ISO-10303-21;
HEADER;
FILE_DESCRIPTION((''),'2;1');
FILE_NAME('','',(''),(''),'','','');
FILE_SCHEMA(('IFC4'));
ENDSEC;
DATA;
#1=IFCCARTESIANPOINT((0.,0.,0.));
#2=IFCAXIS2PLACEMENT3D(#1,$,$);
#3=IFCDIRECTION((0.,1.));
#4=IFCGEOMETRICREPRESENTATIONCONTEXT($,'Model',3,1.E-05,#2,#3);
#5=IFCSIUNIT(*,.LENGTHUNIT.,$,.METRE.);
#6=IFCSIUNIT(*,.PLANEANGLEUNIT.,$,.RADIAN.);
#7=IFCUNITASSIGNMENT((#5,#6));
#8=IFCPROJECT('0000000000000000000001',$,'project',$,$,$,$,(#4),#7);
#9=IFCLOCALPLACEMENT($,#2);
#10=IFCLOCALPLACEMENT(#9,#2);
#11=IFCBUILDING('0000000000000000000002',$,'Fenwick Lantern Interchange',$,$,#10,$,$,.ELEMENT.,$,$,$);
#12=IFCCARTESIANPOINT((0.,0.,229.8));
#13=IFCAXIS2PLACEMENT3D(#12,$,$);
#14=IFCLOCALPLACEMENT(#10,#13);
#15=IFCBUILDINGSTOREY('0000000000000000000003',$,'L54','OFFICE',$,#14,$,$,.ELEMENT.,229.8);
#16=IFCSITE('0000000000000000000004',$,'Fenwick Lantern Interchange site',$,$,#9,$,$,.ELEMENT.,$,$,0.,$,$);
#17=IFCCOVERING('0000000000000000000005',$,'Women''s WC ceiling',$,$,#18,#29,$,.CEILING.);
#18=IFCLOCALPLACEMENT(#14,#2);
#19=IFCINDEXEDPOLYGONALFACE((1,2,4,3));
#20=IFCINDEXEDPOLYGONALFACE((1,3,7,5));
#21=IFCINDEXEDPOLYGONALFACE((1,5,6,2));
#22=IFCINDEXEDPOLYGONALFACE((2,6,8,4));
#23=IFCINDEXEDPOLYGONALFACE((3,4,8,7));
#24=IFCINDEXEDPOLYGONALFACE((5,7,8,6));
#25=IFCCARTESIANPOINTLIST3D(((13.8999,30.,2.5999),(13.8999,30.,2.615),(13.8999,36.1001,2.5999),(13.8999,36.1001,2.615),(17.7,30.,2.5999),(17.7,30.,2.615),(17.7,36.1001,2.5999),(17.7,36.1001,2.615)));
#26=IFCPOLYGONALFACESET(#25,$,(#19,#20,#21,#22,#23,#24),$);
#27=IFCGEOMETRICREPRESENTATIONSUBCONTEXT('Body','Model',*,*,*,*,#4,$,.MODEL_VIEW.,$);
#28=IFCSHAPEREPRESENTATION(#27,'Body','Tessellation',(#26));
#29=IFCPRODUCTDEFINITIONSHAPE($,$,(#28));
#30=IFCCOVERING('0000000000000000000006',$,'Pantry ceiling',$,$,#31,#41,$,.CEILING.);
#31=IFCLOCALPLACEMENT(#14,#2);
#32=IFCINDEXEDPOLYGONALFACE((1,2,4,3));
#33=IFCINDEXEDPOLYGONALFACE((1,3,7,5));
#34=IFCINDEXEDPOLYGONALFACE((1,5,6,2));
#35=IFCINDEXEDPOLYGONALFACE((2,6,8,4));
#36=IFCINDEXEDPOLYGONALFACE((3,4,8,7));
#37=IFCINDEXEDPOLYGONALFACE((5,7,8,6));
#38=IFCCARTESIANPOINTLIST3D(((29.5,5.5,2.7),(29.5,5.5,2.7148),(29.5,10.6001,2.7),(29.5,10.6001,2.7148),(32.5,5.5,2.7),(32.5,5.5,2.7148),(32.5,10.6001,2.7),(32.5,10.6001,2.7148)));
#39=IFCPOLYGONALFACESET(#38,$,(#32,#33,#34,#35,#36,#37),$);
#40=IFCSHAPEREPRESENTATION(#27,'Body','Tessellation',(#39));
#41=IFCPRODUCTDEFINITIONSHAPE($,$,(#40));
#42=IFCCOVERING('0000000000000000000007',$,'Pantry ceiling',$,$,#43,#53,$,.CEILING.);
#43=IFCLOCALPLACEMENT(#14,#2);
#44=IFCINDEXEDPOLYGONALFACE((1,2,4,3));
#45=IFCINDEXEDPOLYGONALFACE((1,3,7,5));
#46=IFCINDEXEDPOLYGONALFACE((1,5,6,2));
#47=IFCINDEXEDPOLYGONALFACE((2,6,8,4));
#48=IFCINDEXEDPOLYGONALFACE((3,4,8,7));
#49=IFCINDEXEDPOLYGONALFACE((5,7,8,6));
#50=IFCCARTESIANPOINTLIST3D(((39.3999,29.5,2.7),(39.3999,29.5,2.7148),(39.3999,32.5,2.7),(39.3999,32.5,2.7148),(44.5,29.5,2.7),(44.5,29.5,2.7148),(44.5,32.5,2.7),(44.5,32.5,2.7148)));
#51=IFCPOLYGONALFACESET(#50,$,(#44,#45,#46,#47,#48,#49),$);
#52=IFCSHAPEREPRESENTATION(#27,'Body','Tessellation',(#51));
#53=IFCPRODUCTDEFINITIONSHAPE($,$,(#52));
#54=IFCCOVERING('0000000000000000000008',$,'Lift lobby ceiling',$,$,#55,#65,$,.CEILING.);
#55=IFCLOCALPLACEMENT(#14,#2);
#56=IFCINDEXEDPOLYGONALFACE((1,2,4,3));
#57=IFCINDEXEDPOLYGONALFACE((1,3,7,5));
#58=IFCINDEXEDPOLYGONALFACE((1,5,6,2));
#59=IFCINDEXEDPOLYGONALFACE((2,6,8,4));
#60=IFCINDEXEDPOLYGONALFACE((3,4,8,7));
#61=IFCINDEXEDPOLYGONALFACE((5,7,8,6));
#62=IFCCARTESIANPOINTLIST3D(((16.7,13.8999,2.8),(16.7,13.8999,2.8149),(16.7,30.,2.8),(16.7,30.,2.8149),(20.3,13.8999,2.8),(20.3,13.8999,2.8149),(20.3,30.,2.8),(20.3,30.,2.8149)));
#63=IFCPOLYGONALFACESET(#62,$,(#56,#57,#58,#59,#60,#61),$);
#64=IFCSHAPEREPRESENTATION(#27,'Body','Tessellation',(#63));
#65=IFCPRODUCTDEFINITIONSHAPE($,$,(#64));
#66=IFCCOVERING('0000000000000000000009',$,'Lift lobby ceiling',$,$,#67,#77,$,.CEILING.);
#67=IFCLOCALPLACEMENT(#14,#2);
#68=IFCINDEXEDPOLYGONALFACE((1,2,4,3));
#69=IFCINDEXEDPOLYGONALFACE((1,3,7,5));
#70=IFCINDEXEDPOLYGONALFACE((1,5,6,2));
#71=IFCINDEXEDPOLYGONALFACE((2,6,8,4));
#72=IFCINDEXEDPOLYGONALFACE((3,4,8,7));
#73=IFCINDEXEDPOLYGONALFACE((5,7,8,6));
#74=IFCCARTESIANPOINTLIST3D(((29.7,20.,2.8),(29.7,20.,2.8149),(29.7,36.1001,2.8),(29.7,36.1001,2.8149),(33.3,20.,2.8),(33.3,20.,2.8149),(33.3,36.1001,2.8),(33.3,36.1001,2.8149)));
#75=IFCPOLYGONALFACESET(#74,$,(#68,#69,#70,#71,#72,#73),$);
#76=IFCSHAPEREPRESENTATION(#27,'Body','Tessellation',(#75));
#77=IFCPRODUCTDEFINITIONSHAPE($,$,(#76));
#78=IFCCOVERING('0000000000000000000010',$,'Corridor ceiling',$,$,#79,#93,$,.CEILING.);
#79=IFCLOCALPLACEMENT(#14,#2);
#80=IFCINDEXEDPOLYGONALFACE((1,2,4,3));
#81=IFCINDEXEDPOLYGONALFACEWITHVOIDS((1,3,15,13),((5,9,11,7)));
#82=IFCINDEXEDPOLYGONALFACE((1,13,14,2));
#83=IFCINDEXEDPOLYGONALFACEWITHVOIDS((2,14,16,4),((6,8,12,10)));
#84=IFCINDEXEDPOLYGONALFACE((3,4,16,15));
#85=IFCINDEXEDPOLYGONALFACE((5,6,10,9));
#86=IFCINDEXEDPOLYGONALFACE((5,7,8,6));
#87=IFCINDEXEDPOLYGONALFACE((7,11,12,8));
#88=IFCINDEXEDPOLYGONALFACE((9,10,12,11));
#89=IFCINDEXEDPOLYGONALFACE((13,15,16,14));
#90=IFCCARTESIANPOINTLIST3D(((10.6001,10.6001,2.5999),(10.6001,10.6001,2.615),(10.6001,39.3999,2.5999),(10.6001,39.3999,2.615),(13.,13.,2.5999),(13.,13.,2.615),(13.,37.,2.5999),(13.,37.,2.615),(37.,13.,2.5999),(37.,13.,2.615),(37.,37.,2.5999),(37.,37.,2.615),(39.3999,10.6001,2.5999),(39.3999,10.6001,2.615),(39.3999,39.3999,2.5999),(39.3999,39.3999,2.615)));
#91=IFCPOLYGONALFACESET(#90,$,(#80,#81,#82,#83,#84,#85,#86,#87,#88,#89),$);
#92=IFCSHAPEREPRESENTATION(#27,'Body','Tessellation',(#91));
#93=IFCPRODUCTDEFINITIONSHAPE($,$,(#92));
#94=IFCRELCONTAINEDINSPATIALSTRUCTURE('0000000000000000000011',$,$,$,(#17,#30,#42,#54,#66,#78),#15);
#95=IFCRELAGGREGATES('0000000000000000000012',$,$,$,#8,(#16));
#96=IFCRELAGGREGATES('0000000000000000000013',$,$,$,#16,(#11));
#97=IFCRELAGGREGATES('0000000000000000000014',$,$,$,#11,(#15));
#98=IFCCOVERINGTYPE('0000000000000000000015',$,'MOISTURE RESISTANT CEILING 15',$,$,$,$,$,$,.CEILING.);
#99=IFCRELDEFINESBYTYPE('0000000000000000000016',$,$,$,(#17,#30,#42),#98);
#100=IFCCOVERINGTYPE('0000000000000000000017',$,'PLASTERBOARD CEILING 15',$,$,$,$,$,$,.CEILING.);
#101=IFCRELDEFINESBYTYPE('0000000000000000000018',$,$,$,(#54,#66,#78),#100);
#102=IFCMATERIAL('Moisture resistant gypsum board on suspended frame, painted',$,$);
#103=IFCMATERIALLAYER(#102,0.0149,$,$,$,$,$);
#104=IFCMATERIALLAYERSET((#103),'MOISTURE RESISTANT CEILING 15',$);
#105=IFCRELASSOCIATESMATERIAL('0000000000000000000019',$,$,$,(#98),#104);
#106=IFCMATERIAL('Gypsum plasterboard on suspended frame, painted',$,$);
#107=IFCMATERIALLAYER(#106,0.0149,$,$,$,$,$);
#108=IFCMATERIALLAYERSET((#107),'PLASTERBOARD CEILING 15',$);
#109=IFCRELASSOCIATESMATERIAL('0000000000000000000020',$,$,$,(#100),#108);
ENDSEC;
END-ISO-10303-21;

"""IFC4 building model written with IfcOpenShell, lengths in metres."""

from ifc_helpers import new_model, si_unit, direction, frame, origin, place, context, subcontext, project, spatial, polyline, outline, extrude, material, layer, layer_set, type_object, element, save


model = new_model("IFC4")

# Units and contexts
model_context = context("Model", 3, precision=1e-05, world=origin(), true_north=direction((0.0, 1.0)))
body_context = subcontext(model_context, "Body", "Model", "MODEL_VIEW")
ifc_project = project(units=[si_unit("LENGTHUNIT", "METRE"), si_unit("PLANEANGLEUNIT", "RADIAN")], contexts=[model_context])

# Site, building, storey
site_placement = place(None, origin())
site = spatial("IfcSite", under=ifc_project, at=site_placement, Name="Fenwick Lantern Interchange site", CompositionType="ELEMENT", RefElevation=0.0)
building_placement = place(site_placement, origin())
building = spatial("IfcBuilding", under=site, at=building_placement, Name="Fenwick Lantern Interchange", CompositionType="ELEMENT")
storey_placement = place(building_placement, frame((0.0, 0.0, 229.8)))
storey = spatial("IfcBuildingStorey", under=building, at=storey_placement, Name="L54", Description="OFFICE", CompositionType="ELEMENT", Elevation=229.8)

# Coverings
ifc_material_1 = material(Name="Moisture resistant gypsum board on suspended frame, painted")
ifc_layer_1 = layer(ifc_material_1, 0.0149)
ifc_layer_set_1 = layer_set([ifc_layer_1], Name="MOISTURE RESISTANT CEILING 15")
covering_type_1 = type_object("IfcCoveringType", Name="MOISTURE RESISTANT CEILING 15", PredefinedType="CEILING", material=ifc_layer_set_1)
covering_1_placement = place(storey_placement, frame((0.0, 0.0, 2.5999)))
element("IfcCovering", 1, at=covering_1_placement, inside=storey, type_object=covering_type_1, Name="Women's WC ceiling", PredefinedType="CEILING", context=body_context, shape_type="SweptSolid", body=[
    extrude(outline(polyline([(17.7, 36.1001), (13.8999, 36.1001), (13.8999, 30.0), (17.7, 30.0), (17.7, 36.1001)])), origin(), (0.0, 0.0, 1.0), 0.0151),
])
covering_2_placement = place(storey_placement, frame((0.0, 0.0, 2.7)))
element("IfcCovering", 2, at=covering_2_placement, inside=storey, type_object=covering_type_1, Name="Pantry ceiling", PredefinedType="CEILING", context=body_context, shape_type="SweptSolid", body=[
    extrude(outline(polyline([(29.5, 5.5), (32.5, 5.5), (32.5, 10.6001), (29.5, 10.6001), (29.5, 5.5)])), origin(), (0.0, 0.0, 1.0), 0.0149),
])
covering_3_placement = place(storey_placement, frame((0.0, 0.0, 2.7)))
element("IfcCovering", 3, at=covering_3_placement, inside=storey, type_object=covering_type_1, Name="Pantry ceiling", PredefinedType="CEILING", context=body_context, shape_type="SweptSolid", body=[
    extrude(outline(polyline([(44.5, 29.5), (44.5, 32.5), (39.3999, 32.5), (39.3999, 29.5), (44.5, 29.5)])), origin(), (0.0, 0.0, 1.0), 0.0149),
])
ifc_material_2 = material(Name="Gypsum plasterboard on suspended frame, painted")
ifc_layer_2 = layer(ifc_material_2, 0.0149)
ifc_layer_set_2 = layer_set([ifc_layer_2], Name="PLASTERBOARD CEILING 15")
covering_type_2 = type_object("IfcCoveringType", Name="PLASTERBOARD CEILING 15", PredefinedType="CEILING", material=ifc_layer_set_2)
covering_4_placement = place(storey_placement, frame((0.0, 0.0, 2.8)))
element("IfcCovering", 4, at=covering_4_placement, inside=storey, type_object=covering_type_2, Name="Lift lobby ceiling", PredefinedType="CEILING", context=body_context, shape_type="SweptSolid", body=[
    extrude(outline(polyline([(16.7, 13.8999), (20.3, 13.8999), (20.3, 30.0), (16.7, 30.0), (16.7, 13.8999)])), origin(), (0.0, 0.0, 1.0), 0.0149),
])
covering_5_placement = place(storey_placement, frame((0.0, 0.0, 2.8)))
element("IfcCovering", 5, at=covering_5_placement, inside=storey, type_object=covering_type_2, Name="Lift lobby ceiling", PredefinedType="CEILING", context=body_context, shape_type="SweptSolid", body=[
    extrude(outline(polyline([(33.3, 36.1001), (29.7, 36.1001), (29.7, 20.0), (33.3, 20.0), (33.3, 36.1001)])), origin(), (0.0, 0.0, 1.0), 0.0149),
])
covering_6_placement = place(storey_placement, frame((0.0, 0.0, 2.5999)))
element("IfcCovering", 6, at=covering_6_placement, inside=storey, type_object=covering_type_2, Name="Corridor ceiling", PredefinedType="CEILING", context=body_context, shape_type="SweptSolid", body=[
    extrude(outline(polyline([(10.6001, 10.6001), (39.3999, 10.6001), (39.3999, 39.3999), (10.6001, 39.3999), (10.6001, 10.6001)]), holes=[polyline([(13.0, 13.0), (13.0, 37.0), (37.0, 37.0), (37.0, 13.0), (13.0, 13.0)])]), origin(), (0.0, 0.0, 1.0), 0.0151),
])

save(model, "model.ifc")
